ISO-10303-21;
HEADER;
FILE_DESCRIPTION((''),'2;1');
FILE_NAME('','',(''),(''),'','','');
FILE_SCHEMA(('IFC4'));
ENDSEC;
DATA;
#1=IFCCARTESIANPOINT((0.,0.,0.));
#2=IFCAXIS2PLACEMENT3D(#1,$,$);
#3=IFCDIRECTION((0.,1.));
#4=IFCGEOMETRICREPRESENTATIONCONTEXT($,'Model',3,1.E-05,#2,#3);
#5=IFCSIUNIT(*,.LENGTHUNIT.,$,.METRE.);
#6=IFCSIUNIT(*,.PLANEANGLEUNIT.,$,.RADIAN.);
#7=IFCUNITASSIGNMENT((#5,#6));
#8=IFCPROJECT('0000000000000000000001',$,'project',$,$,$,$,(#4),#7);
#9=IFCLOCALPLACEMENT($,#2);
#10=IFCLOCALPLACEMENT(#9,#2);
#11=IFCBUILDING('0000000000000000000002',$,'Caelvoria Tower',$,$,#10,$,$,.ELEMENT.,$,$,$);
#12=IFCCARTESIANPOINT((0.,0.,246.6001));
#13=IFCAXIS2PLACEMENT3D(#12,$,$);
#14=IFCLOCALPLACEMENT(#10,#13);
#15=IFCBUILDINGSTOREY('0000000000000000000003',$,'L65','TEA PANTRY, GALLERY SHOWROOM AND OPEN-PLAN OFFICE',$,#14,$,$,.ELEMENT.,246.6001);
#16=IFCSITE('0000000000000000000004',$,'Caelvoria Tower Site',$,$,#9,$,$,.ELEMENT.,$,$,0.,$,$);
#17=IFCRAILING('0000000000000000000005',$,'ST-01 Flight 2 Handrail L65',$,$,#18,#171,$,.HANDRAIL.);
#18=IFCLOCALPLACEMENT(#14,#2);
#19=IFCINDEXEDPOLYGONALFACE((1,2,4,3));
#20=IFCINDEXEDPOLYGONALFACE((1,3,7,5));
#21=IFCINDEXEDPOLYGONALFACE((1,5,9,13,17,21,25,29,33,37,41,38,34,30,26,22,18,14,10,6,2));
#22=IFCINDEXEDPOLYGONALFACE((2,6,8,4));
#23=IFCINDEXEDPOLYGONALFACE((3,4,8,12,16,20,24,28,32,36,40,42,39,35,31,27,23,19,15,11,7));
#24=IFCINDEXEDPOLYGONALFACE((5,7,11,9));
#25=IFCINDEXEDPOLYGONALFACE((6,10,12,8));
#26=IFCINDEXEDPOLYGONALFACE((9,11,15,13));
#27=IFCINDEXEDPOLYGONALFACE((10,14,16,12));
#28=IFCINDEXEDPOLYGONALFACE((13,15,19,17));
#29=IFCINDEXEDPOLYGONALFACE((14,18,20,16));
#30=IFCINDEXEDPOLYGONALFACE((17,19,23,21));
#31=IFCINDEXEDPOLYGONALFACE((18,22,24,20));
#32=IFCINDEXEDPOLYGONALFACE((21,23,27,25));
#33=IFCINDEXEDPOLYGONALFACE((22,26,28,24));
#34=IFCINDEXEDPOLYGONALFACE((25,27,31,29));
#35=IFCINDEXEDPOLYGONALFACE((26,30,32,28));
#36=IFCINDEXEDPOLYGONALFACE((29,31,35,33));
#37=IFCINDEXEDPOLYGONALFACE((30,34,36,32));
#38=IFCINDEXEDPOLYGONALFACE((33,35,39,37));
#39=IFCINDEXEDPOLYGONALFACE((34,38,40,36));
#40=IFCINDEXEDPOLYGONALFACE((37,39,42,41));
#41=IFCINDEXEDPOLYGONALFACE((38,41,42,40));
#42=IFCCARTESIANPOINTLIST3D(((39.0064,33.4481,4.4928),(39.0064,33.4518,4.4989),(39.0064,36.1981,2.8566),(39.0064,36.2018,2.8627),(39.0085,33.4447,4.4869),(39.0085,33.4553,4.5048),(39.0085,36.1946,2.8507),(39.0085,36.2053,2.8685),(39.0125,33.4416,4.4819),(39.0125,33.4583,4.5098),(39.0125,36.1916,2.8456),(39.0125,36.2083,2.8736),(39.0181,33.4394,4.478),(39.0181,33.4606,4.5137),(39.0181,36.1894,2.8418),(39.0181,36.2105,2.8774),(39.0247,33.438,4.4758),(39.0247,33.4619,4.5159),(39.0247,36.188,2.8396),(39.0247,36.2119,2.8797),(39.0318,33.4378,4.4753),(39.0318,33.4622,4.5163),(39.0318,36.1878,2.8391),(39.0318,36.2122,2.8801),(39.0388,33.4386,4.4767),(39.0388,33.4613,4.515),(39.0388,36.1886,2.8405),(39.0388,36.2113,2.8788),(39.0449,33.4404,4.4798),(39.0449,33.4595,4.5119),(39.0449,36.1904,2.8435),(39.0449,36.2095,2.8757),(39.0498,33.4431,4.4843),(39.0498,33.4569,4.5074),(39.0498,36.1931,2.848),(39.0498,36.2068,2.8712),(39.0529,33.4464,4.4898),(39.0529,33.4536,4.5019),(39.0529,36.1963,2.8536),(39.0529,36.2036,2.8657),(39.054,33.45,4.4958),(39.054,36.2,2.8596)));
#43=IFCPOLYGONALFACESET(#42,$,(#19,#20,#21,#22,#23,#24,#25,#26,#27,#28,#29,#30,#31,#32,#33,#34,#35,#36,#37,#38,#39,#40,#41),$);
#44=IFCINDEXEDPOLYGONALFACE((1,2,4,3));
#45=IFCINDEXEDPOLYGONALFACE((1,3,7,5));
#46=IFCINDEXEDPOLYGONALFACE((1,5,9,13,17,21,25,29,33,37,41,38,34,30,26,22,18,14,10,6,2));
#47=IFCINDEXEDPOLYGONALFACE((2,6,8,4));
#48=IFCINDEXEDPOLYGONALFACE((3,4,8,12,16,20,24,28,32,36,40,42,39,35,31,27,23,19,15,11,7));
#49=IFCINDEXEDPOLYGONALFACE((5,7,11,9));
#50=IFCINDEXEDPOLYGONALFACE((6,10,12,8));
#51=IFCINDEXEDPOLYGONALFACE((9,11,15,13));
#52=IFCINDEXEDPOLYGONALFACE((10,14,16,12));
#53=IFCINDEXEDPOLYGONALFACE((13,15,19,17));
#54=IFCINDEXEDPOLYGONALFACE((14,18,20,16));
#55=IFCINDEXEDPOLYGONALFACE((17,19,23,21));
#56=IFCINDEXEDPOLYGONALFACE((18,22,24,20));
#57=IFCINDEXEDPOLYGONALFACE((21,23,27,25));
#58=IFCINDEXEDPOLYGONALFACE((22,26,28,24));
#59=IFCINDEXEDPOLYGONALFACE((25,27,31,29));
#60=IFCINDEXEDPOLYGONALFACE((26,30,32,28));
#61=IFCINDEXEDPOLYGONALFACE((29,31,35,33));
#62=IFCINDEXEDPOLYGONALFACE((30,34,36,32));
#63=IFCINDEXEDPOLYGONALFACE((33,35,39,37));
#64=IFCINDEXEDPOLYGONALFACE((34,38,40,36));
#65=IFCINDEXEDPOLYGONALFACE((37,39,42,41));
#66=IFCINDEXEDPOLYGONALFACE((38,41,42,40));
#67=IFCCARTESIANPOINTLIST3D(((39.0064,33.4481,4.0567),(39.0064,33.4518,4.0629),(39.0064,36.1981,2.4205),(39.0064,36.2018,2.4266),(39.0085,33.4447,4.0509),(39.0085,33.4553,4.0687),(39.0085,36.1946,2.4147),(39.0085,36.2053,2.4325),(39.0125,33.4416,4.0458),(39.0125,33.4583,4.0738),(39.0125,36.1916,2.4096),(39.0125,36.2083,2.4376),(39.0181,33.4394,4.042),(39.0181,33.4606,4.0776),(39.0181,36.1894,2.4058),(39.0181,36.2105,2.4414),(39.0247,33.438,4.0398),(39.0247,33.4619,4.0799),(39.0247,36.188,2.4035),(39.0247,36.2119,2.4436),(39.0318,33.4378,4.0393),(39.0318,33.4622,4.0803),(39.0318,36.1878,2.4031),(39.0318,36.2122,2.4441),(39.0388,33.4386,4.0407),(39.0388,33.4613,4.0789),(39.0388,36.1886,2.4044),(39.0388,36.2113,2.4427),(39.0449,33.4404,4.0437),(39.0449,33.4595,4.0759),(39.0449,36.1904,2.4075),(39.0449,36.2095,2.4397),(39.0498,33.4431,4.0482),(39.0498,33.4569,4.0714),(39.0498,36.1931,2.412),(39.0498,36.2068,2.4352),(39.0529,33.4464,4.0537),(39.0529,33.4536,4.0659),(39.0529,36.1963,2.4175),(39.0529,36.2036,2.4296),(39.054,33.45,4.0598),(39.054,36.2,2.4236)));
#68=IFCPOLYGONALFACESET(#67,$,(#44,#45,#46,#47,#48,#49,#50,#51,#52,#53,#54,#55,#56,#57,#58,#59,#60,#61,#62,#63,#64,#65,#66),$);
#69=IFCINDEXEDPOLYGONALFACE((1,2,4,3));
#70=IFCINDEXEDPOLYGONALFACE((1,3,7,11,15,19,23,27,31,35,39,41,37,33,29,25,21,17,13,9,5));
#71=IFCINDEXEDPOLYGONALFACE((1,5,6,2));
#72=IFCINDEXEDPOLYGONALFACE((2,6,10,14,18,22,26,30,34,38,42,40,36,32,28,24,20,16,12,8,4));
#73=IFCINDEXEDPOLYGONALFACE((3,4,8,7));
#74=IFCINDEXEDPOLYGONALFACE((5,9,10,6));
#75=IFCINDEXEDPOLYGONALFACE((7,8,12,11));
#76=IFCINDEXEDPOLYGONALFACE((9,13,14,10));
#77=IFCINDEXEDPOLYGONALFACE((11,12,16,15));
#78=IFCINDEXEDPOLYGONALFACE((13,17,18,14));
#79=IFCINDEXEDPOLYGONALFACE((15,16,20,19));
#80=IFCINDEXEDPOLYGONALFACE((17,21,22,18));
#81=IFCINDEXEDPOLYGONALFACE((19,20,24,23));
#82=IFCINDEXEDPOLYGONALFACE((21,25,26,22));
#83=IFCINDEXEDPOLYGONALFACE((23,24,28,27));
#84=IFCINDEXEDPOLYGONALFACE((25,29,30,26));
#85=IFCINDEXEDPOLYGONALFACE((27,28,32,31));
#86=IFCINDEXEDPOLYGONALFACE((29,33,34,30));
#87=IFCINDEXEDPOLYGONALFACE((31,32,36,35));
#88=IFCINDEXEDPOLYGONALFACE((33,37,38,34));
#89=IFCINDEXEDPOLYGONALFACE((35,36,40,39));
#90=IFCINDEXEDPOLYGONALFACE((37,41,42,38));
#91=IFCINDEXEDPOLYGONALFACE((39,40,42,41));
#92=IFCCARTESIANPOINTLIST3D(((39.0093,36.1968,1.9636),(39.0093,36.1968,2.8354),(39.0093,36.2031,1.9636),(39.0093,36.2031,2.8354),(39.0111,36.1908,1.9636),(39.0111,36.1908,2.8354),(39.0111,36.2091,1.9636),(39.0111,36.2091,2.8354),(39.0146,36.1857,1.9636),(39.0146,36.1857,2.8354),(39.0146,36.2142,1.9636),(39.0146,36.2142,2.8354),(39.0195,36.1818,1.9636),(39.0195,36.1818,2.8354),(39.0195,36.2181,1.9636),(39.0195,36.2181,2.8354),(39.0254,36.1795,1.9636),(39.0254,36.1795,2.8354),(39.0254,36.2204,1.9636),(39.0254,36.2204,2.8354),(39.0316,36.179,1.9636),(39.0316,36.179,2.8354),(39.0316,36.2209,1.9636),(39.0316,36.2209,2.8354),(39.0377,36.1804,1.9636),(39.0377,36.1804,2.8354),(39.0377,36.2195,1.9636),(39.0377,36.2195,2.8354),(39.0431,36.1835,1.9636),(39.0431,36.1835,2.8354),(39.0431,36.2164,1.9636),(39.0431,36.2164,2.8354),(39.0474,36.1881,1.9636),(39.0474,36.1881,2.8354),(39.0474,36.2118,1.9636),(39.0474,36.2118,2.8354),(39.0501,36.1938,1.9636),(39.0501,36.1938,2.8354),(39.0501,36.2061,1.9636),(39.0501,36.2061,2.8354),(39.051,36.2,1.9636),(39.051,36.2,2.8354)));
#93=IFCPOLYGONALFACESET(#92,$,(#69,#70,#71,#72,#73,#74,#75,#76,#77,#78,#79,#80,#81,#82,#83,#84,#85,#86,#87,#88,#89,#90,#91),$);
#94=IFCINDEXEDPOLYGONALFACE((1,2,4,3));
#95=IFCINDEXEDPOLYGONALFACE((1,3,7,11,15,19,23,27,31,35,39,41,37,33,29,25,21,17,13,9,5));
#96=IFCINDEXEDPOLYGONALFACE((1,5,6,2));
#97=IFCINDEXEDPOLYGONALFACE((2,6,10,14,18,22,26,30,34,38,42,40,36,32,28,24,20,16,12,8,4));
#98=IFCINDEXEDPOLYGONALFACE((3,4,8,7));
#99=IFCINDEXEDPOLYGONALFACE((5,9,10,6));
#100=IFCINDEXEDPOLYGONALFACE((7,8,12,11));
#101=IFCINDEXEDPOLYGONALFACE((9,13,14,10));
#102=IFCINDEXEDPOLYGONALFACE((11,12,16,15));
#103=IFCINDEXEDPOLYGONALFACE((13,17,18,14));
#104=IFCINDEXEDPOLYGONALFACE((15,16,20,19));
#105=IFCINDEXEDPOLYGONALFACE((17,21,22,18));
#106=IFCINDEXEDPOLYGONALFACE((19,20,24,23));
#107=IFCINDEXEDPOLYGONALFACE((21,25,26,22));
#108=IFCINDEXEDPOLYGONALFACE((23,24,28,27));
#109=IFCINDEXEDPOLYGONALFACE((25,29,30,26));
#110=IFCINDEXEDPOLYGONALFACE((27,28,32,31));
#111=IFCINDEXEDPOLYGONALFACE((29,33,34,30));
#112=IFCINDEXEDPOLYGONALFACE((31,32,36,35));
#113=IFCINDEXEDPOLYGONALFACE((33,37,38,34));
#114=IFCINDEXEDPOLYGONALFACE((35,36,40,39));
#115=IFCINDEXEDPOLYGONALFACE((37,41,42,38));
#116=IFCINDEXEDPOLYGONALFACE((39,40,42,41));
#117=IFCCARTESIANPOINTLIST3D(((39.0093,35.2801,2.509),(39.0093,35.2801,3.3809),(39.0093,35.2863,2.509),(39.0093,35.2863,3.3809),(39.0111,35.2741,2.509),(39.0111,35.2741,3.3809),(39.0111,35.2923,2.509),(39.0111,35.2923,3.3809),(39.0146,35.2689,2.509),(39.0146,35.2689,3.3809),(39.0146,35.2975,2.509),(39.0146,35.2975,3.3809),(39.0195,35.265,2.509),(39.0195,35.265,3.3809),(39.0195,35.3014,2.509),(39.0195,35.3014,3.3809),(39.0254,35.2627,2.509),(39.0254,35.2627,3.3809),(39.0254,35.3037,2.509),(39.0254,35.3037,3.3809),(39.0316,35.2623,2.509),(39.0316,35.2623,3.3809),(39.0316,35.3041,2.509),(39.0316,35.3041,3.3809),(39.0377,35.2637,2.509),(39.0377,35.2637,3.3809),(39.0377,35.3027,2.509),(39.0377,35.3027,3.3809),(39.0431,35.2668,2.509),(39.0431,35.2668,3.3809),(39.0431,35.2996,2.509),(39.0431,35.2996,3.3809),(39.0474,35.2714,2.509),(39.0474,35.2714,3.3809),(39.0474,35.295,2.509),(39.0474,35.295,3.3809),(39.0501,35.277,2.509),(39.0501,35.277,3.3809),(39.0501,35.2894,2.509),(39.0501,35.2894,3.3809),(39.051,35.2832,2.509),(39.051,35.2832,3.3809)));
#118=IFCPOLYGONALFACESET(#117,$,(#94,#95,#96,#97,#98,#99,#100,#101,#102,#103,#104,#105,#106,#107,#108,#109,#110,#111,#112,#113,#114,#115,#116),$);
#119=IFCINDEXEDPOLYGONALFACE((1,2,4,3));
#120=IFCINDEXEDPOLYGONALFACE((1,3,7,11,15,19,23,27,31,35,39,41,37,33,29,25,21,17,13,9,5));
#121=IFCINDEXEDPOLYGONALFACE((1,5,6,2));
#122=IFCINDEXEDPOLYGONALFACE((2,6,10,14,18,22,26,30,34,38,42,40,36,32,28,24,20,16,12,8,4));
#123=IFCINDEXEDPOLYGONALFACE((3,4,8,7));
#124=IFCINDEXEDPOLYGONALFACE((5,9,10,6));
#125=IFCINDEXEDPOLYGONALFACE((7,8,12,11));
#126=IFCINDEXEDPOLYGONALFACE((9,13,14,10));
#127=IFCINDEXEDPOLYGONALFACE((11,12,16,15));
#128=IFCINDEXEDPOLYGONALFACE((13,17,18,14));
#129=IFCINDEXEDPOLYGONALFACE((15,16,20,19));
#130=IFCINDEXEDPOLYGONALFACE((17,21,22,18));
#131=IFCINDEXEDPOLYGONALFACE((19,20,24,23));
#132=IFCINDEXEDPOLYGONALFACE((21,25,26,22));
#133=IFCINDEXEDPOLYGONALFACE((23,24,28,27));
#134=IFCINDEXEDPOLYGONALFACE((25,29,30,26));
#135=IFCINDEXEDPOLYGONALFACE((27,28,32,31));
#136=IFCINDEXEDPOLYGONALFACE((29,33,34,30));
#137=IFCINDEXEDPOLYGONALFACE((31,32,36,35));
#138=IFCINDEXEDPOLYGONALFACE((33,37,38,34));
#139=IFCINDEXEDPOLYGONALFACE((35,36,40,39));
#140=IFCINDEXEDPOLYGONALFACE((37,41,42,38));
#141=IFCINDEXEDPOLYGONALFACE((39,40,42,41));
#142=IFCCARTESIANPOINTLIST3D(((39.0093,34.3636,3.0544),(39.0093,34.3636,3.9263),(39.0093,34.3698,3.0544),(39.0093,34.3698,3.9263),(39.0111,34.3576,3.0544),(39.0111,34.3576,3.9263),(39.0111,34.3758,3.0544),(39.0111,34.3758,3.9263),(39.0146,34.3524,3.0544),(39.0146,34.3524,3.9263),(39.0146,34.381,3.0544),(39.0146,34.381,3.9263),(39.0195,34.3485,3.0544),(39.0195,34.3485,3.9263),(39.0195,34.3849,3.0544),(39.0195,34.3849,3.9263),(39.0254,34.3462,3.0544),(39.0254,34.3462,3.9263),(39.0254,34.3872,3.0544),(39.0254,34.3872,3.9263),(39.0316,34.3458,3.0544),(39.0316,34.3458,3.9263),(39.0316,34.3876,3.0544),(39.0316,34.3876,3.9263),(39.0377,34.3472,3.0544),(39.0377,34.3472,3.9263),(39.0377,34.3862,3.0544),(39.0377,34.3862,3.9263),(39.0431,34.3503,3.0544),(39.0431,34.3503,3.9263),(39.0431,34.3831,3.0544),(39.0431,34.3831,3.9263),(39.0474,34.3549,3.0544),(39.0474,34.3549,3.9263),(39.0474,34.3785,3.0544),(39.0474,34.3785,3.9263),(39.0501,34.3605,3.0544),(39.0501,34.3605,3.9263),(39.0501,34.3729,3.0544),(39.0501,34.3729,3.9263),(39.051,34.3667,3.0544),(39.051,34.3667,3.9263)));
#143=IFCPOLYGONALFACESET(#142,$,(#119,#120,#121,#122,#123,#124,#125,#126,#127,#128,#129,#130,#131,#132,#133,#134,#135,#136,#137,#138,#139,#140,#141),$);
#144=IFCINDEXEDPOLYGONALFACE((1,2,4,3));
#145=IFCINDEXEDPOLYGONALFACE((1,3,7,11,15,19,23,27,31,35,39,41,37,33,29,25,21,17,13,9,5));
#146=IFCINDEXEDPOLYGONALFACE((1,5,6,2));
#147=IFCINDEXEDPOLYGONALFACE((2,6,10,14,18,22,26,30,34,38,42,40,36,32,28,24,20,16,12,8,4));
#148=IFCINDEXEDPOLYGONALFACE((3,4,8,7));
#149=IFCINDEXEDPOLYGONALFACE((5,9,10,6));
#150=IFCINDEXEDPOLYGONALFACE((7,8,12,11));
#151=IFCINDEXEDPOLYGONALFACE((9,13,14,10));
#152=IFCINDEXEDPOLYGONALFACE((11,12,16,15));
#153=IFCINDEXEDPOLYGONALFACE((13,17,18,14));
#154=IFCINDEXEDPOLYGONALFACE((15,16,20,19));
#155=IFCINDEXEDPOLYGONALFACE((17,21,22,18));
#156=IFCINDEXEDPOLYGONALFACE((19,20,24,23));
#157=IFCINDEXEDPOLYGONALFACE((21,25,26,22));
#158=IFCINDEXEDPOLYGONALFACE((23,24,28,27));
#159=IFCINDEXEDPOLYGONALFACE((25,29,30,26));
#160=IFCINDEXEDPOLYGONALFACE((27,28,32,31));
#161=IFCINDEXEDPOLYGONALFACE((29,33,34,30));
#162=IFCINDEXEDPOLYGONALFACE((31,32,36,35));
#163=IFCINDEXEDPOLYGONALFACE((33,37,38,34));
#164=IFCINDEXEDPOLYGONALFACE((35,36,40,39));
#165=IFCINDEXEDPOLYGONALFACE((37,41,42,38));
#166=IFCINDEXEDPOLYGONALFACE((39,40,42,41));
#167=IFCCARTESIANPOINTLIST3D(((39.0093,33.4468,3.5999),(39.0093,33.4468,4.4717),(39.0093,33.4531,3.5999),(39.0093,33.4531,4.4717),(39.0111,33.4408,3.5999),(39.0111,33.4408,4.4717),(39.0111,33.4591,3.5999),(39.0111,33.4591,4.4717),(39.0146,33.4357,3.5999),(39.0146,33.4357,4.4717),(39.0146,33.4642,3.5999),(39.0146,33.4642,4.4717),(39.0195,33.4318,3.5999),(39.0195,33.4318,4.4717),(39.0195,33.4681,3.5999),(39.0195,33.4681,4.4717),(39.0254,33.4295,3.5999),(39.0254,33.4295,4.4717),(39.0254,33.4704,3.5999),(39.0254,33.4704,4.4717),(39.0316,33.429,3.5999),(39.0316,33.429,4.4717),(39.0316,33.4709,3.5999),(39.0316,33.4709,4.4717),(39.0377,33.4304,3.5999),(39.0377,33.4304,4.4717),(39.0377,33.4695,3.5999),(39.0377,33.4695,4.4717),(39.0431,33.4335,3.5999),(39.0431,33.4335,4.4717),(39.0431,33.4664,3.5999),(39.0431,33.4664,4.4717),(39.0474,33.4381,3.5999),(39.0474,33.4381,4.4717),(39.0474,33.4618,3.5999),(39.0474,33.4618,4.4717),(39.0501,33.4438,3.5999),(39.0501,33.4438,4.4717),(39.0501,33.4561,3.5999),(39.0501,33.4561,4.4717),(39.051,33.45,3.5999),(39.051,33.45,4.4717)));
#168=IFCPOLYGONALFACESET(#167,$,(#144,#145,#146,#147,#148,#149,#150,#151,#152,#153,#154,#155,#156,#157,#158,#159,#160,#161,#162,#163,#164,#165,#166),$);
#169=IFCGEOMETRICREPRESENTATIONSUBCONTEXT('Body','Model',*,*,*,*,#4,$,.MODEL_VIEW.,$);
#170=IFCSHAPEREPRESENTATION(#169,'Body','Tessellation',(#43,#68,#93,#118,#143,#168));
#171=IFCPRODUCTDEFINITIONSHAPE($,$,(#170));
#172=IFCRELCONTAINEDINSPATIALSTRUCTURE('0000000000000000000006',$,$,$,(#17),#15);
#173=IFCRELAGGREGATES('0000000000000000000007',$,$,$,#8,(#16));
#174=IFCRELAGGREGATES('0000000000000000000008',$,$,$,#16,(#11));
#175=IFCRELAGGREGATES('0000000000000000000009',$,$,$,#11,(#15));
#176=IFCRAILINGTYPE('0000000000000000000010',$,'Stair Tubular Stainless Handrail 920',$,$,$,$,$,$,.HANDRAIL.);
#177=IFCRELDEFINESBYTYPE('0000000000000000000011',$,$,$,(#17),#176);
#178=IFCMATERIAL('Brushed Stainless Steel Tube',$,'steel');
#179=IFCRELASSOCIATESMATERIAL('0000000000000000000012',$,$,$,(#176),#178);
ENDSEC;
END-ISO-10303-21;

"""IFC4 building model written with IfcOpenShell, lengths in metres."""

from ifc_helpers import new_model, si_unit, direction, frame, origin, origin_2d, place, context, subcontext, project, spatial, circle, extrude, material, type_object, element, save


model = new_model("IFC4")

# Units and contexts
model_context = context("Model", 3, precision=1e-05, world=origin(), true_north=direction((0.0, 1.0)))
body_context = subcontext(model_context, "Body", "Model", "MODEL_VIEW")
ifc_project = project(units=[si_unit("LENGTHUNIT", "METRE"), si_unit("PLANEANGLEUNIT", "RADIAN")], contexts=[model_context])

# Site, building, storey
site_placement = place(None, origin())
site = spatial("IfcSite", under=ifc_project, at=site_placement, Name="Caelvoria Tower Site", CompositionType="ELEMENT", RefElevation=0.0)
building_placement = place(site_placement, origin())
building = spatial("IfcBuilding", under=site, at=building_placement, Name="Caelvoria Tower", CompositionType="ELEMENT")
storey_placement = place(building_placement, frame((0.0, 0.0, 246.6001)))
storey = spatial("IfcBuildingStorey", under=building, at=storey_placement, Name="L65", Description="TEA PANTRY, GALLERY SHOWROOM AND OPEN-PLAN OFFICE", CompositionType="ELEMENT", Elevation=246.6001)

# Railing
ifc_material_1 = material(Name="Brushed Stainless Steel Tube", Category="steel")
railing_type_1 = type_object("IfcRailingType", Name="Stair Tubular Stainless Handrail 920", PredefinedType="HANDRAIL", material=ifc_material_1)
railing_1_placement = place(storey_placement, frame((39.03, 36.2, 1.9636)))
element("IfcRailing", 1, at=railing_1_placement, inside=storey, type_object=railing_type_1, Name="ST-01 Flight 2 Handrail L65", PredefinedType="HANDRAIL", context=body_context, shape_type="SweptSolid", body=[
    extrude(circle(Radius=0.0239, at=origin_2d()), frame((0.0, 0.0, 0.896), z_axis=(0.0, -0.859385, 0.511328), x_axis=(1.0, 0.0, 0.0)), (0.0, 0.0, 1.0), 3.2),
    extrude(circle(Radius=0.0239, at=origin_2d()), frame((0.0, 0.0, 0.46), z_axis=(0.0, -0.859385, 0.511328), x_axis=(1.0, 0.0, 0.0)), (0.0, 0.0, 1.0), 3.2),
    extrude(circle(Radius=0.021, at=origin_2d()), origin(), (0.0, 0.0, 1.0), 0.8718),
    extrude(circle(Radius=0.021, at=origin_2d()), frame((0.0, -0.9167, 0.5454)), (0.0, 0.0, 1.0), 0.8718),
    extrude(circle(Radius=0.021, at=origin_2d()), frame((0.0, -1.8333, 1.0908)), (0.0, 0.0, 1.0), 0.8718),
    extrude(circle(Radius=0.021, at=origin_2d()), frame((0.0, -2.75, 1.6362)), (0.0, 0.0, 1.0), 0.8718),
])

save(model, "model.ifc")
